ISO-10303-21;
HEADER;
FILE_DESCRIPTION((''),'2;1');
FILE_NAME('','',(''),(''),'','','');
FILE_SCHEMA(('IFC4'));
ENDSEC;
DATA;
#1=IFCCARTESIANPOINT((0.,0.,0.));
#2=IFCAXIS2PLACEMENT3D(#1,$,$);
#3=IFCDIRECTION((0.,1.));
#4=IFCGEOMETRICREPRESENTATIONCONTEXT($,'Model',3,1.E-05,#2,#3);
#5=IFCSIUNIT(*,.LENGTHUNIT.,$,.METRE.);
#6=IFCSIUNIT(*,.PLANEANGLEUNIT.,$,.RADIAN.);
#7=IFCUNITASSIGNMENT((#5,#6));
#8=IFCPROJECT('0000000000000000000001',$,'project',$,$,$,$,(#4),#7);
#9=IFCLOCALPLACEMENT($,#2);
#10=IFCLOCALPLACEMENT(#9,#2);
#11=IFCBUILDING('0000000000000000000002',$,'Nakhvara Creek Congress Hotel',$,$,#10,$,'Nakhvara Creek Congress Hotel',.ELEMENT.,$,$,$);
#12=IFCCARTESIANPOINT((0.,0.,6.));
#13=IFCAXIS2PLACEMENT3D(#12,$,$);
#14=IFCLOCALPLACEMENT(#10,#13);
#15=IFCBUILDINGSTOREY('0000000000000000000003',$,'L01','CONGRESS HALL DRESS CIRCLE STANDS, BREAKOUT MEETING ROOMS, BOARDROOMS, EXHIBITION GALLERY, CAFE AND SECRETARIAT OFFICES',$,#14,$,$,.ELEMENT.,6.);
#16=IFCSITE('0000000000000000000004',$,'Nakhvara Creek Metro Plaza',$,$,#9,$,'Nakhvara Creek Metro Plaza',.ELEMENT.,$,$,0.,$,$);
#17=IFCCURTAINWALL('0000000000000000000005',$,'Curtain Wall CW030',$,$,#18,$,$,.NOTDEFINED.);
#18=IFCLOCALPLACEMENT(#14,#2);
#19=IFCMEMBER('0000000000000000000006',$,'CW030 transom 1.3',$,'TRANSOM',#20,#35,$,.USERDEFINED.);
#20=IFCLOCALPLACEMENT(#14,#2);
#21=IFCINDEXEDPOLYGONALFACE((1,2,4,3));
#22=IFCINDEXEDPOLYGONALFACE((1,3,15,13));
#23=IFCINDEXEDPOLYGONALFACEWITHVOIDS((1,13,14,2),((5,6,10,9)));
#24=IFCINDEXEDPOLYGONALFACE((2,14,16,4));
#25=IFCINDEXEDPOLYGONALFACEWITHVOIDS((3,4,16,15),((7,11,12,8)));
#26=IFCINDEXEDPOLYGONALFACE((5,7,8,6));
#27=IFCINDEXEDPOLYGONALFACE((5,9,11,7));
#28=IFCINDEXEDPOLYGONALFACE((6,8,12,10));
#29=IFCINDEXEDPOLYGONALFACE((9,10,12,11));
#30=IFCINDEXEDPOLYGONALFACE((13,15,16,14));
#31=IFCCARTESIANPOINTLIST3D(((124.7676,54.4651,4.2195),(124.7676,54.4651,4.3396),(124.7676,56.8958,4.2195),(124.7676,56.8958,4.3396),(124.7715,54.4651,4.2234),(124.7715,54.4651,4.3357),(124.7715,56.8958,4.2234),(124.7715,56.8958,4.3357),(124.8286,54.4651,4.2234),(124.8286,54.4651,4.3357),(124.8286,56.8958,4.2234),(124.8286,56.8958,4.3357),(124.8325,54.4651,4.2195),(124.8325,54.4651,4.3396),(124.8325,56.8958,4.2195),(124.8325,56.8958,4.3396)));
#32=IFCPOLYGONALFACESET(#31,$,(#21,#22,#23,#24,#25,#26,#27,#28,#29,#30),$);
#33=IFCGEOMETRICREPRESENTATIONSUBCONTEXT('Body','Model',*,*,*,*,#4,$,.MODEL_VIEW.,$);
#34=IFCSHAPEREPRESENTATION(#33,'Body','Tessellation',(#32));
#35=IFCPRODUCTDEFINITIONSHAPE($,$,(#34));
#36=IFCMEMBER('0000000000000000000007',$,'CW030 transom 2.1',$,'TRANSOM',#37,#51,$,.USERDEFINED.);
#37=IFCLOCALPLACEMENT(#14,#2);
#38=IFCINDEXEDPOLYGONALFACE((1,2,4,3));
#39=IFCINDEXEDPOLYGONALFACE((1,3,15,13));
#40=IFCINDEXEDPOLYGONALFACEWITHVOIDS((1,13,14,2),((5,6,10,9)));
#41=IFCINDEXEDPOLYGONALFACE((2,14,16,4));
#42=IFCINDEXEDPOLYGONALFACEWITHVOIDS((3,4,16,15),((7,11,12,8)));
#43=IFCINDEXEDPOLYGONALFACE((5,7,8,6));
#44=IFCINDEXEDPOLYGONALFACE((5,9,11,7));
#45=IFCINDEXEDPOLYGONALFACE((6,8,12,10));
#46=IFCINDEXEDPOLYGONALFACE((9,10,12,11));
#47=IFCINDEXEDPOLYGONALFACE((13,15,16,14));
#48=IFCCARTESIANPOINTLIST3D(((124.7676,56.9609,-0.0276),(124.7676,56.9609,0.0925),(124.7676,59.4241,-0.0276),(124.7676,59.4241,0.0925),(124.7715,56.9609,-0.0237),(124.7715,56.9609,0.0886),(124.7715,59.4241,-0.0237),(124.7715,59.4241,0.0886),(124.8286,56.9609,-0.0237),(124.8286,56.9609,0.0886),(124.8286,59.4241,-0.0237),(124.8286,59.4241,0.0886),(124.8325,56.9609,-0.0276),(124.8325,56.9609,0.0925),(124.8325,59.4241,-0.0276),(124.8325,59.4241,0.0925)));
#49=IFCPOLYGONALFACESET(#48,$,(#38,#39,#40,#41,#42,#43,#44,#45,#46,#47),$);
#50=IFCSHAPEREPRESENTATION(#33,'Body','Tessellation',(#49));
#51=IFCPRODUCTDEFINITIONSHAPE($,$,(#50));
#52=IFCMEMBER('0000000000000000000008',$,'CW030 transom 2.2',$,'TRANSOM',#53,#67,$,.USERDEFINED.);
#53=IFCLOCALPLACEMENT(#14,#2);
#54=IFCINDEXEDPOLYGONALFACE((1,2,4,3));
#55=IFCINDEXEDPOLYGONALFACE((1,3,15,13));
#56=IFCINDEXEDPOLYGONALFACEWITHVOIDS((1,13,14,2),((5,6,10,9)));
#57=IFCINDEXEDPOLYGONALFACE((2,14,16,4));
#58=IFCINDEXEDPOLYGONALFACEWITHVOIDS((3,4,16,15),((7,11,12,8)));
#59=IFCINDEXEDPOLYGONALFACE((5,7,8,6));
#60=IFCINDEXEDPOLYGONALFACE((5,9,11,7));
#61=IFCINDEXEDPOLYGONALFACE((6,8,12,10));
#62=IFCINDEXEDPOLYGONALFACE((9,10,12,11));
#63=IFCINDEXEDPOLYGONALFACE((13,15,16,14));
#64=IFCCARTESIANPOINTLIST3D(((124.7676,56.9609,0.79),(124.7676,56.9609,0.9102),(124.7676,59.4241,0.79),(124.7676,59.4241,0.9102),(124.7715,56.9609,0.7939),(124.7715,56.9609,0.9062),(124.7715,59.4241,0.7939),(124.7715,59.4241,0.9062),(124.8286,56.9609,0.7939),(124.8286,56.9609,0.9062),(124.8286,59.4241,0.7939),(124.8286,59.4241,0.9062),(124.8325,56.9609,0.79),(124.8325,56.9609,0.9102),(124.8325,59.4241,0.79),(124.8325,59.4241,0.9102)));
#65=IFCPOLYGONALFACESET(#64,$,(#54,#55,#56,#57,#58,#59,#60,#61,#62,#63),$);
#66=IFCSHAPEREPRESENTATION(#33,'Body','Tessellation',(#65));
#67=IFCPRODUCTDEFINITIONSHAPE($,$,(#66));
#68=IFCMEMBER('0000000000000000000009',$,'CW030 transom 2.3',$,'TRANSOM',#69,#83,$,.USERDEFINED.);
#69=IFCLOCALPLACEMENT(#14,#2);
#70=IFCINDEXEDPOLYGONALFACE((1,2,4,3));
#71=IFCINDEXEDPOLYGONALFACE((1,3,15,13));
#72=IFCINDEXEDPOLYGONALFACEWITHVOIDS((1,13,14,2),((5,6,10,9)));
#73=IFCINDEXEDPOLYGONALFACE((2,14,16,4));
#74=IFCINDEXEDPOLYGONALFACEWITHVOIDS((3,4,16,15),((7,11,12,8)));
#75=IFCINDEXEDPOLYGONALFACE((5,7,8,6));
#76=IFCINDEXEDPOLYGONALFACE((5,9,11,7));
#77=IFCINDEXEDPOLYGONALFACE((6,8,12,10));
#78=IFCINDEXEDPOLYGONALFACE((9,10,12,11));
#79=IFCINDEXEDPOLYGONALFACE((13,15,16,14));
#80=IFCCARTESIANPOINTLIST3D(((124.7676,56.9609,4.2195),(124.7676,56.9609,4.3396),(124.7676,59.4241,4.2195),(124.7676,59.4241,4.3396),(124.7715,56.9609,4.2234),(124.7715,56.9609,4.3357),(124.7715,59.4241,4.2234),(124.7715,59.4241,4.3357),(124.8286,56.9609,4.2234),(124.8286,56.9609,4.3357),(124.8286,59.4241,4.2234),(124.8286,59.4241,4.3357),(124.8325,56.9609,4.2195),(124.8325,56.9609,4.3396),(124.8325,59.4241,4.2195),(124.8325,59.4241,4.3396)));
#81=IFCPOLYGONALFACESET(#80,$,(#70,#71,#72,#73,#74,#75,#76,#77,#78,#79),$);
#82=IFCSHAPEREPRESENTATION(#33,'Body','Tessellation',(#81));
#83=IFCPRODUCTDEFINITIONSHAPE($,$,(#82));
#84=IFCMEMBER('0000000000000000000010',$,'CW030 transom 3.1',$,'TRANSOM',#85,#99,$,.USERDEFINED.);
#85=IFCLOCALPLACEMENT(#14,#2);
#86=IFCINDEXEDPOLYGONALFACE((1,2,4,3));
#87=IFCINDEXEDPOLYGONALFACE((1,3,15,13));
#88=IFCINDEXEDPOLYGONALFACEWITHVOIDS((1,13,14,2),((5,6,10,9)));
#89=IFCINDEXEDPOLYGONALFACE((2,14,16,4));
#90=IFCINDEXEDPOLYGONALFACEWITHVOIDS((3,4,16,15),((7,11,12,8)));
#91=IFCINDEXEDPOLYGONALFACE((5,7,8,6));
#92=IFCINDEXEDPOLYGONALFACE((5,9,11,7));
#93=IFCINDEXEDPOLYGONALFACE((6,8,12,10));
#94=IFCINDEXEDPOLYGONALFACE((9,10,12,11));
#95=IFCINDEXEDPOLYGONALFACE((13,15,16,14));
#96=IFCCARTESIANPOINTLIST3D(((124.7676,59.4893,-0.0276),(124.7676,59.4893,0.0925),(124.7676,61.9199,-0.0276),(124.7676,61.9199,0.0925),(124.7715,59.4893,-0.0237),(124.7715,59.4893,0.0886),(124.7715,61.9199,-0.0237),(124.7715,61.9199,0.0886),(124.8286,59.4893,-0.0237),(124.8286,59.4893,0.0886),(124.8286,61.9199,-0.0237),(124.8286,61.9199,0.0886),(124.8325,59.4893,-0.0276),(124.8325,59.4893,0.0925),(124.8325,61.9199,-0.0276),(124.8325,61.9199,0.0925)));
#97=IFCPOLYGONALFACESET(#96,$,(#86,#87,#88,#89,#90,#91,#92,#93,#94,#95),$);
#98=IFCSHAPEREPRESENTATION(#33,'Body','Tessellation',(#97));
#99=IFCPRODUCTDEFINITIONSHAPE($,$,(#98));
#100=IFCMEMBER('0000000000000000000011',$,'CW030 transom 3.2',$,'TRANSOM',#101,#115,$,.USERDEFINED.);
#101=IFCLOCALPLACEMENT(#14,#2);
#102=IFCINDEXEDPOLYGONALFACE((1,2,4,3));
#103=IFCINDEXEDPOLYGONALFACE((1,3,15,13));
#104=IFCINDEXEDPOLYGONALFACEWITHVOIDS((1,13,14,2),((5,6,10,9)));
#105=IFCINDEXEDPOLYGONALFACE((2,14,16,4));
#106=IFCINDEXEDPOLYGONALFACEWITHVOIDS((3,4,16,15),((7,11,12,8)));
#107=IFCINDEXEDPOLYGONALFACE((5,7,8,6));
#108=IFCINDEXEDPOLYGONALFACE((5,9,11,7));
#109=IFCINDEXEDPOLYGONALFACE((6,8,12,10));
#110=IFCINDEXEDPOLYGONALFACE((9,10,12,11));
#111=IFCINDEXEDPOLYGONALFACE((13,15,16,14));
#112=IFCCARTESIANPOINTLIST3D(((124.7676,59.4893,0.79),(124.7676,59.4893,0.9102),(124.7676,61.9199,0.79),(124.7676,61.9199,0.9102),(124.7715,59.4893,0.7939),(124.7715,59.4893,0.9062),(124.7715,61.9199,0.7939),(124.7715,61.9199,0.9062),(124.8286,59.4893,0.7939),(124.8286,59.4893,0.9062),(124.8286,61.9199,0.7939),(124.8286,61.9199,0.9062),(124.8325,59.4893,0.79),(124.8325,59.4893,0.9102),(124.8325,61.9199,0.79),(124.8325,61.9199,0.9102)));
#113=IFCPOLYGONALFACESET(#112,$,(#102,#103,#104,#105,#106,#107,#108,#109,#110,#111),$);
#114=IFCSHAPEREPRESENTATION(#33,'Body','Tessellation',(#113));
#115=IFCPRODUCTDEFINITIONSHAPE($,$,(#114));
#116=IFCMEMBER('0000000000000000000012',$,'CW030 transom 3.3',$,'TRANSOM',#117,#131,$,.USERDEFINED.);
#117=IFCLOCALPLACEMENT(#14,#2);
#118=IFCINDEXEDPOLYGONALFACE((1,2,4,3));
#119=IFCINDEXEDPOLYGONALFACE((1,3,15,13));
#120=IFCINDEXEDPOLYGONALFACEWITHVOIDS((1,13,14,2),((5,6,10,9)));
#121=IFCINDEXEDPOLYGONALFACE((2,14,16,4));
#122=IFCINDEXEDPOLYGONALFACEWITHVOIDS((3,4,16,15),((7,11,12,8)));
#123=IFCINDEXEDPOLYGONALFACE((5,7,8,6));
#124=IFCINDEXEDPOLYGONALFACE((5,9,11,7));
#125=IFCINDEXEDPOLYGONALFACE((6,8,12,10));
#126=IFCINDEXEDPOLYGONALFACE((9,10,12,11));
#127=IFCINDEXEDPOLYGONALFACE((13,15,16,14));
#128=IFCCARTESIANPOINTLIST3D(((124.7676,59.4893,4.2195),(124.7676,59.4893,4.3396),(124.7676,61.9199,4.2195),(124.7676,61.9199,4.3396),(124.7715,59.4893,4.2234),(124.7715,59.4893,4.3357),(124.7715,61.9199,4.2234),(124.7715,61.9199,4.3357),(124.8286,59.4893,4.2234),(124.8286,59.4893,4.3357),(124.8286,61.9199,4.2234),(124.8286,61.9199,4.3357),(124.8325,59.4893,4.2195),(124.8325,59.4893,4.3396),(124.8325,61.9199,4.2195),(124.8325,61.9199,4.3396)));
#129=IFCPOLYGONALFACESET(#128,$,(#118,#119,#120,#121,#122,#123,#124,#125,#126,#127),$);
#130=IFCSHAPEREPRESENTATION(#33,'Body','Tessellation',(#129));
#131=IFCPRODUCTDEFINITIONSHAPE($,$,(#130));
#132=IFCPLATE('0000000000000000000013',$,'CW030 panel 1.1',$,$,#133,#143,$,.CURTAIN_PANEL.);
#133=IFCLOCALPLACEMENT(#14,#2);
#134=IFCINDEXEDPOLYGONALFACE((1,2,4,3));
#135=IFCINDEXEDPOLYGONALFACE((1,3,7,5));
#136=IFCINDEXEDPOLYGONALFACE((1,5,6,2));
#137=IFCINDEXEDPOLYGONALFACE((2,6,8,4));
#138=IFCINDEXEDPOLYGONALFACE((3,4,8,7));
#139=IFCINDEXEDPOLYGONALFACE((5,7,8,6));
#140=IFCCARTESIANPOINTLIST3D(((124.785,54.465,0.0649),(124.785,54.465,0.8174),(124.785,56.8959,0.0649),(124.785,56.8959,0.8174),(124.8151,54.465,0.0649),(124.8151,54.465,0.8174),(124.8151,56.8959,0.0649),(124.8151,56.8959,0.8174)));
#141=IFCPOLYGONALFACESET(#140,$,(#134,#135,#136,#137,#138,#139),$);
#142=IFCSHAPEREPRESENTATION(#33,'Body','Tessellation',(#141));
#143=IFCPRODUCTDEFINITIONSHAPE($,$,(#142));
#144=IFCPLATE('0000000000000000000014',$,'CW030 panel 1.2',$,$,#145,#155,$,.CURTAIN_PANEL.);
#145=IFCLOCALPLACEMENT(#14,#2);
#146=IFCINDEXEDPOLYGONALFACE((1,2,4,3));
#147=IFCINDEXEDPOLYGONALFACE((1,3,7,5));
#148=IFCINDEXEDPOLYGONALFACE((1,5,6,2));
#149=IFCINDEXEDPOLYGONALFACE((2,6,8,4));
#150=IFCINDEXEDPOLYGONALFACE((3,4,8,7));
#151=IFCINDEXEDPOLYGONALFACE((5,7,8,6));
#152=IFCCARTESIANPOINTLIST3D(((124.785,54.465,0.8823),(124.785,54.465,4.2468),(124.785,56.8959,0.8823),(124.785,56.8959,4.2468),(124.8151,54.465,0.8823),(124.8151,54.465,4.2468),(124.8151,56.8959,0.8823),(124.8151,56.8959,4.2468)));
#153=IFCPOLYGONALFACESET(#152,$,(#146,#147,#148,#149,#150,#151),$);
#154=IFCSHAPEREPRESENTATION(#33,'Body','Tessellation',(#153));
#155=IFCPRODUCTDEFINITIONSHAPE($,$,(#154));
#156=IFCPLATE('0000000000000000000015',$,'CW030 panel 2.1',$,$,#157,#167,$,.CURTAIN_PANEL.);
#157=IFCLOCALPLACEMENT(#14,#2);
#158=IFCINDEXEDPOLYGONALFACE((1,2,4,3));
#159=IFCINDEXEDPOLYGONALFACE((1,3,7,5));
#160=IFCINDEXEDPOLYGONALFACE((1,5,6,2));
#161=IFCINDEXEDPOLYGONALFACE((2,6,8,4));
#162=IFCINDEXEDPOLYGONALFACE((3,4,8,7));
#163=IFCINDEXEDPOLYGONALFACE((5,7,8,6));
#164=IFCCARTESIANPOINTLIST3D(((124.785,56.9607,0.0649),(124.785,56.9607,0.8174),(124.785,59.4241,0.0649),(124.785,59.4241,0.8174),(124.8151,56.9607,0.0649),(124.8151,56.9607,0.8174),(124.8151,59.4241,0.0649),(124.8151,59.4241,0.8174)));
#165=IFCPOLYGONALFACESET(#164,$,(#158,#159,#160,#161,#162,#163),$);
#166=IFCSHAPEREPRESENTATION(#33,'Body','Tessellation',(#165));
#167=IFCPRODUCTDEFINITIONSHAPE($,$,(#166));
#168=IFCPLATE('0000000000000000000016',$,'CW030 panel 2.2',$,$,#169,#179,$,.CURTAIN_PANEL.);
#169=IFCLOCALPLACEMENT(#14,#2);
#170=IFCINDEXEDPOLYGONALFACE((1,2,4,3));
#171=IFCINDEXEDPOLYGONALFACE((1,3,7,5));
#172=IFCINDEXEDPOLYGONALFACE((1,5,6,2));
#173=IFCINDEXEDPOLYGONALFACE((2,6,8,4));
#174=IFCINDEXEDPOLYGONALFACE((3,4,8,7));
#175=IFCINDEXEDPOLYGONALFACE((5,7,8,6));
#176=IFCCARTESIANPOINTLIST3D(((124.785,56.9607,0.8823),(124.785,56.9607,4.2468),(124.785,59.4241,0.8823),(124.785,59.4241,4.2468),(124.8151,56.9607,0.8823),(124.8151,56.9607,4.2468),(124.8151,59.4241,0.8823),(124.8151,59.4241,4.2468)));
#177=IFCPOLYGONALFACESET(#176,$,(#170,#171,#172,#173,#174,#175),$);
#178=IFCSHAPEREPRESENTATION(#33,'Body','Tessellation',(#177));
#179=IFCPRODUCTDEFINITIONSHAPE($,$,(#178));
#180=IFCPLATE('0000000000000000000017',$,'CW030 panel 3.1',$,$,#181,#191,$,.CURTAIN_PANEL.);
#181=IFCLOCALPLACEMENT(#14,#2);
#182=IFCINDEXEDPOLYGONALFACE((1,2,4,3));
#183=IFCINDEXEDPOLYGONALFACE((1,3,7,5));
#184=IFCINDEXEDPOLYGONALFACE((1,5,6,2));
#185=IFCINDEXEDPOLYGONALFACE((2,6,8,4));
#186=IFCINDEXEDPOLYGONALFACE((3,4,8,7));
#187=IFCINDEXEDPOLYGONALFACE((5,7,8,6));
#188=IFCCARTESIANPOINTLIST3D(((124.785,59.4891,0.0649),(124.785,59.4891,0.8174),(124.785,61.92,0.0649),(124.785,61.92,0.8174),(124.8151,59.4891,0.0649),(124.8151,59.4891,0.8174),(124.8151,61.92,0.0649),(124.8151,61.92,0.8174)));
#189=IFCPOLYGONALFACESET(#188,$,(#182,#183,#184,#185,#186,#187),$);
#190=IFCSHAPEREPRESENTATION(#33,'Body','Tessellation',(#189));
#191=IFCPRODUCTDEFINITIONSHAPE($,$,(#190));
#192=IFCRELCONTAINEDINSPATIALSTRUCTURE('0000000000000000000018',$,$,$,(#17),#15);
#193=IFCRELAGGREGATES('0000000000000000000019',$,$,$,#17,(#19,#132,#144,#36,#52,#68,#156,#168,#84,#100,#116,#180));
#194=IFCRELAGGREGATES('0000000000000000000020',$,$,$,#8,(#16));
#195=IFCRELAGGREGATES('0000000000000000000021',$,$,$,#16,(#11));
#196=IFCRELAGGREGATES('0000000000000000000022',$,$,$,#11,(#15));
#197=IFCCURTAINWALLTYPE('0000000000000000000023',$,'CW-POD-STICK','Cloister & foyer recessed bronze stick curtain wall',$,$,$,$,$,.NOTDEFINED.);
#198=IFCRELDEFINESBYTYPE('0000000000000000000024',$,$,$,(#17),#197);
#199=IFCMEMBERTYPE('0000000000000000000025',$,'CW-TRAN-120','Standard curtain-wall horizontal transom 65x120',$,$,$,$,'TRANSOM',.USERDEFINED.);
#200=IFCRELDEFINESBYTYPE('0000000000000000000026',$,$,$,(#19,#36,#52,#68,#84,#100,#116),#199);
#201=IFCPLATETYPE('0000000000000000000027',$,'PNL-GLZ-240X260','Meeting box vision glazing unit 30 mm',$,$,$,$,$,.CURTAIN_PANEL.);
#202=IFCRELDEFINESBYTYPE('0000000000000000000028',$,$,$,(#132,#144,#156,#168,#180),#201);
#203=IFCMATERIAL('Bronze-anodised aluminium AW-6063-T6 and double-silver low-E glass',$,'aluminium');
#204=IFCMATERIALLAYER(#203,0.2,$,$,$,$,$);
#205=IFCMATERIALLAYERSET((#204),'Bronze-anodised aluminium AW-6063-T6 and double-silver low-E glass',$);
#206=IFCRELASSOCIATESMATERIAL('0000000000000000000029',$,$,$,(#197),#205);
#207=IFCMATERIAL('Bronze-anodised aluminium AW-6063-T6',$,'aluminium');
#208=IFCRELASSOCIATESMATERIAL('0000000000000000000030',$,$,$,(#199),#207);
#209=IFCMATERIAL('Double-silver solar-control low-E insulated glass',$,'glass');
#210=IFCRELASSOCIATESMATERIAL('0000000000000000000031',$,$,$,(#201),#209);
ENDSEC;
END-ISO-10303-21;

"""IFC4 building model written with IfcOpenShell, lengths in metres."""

from ifc_helpers import new_model, si_unit, direction, frame, origin, origin_2d, place, context, subcontext, project, spatial, rectangle, hollow_rectangle, extrude, material, layer, layer_set, material_profile, profile_set, type_object, element, aggregate, save


model = new_model("IFC4")

# Units and contexts
model_context = context("Model", 3, precision=1e-05, world=origin(), true_north=direction((0.0, 1.0)))
body_context = subcontext(model_context, "Body", "Model", "MODEL_VIEW")
ifc_project = project(units=[si_unit("LENGTHUNIT", "METRE"), si_unit("PLANEANGLEUNIT", "RADIAN")], contexts=[model_context])

# Site, building, storey
site_placement = place(None, origin())
site = spatial("IfcSite", under=ifc_project, at=site_placement, Name="Nakhvara Creek Metro Plaza", LongName="Nakhvara Creek Metro Plaza", CompositionType="ELEMENT", RefElevation=0.0)
building_placement = place(site_placement, origin())
building = spatial("IfcBuilding", under=site, at=building_placement, Name="Nakhvara Creek Congress Hotel", LongName="Nakhvara Creek Congress Hotel", CompositionType="ELEMENT")
storey_placement = place(building_placement, frame((0.0, 0.0, 6.0)))
storey = spatial("IfcBuildingStorey", under=building, at=storey_placement, Name="L01", Description="CONGRESS HALL DRESS CIRCLE STANDS, BREAKOUT MEETING ROOMS, BOARDROOMS, EXHIBITION GALLERY, CAFE AND SECRETARIAT OFFICES", CompositionType="ELEMENT", Elevation=6.0)

# Curtain wall, members, plates
ifc_material_1 = material(Name="Bronze-anodised aluminium AW-6063-T6 and double-silver low-E glass", Category="aluminium")
ifc_layer = layer(ifc_material_1, 0.2)
ifc_layer_set = layer_set([ifc_layer], Name="Bronze-anodised aluminium AW-6063-T6 and double-silver low-E glass")
curtain_wall_type = type_object("IfcCurtainWallType", Name="CW-POD-STICK", Description="Cloister & foyer recessed bronze stick curtain wall", PredefinedType="NOTDEFINED", material=ifc_layer_set)
curtain_wall_placement = place(storey_placement, origin())
curtain_wall = element("IfcCurtainWall", 1, at=curtain_wall_placement, inside=storey, type_object=curtain_wall_type, Name="Curtain Wall CW030", PredefinedType="NOTDEFINED")
ifc_material_2 = material(Name="Bronze-anodised aluminium AW-6063-T6", Category="aluminium")
ifc_material_profile_1 = material_profile(ifc_material_2, hollow_rectangle(XDim=0.0649, YDim=0.1201, WallThickness=0.0039, at=origin_2d()), Name="ALU-TRAN 65x120x4", Category="LoadBearing")
ifc_profile_set_1 = profile_set([ifc_material_profile_1], Name="Bronze-anodised aluminium AW-6063-T6")
member_type_1 = type_object("IfcMemberType", Name="CW-TRAN-120", Description="Standard curtain-wall horizontal transom 65x120", ElementType="TRANSOM", PredefinedType="USERDEFINED", material=ifc_profile_set_1)
member_1_placement = place(storey_placement, frame((124.8, 54.4651, 4.2795), z_axis=(0.0, 1.0, 0.0), x_axis=(-1.0, 0.0, 0.0)))
member_1 = element("IfcMember", 2, at=member_1_placement, type_object=member_type_1, Name="CW030 transom 1.3", ObjectType="TRANSOM", PredefinedType="USERDEFINED", context=body_context, shape_type="SweptSolid", body=[
    extrude(hollow_rectangle(XDim=0.0649, YDim=0.1201, WallThickness=0.0039, at=origin_2d()), origin(), (0.0, 0.0, 1.0), 2.4307),
])
member_2_placement = place(storey_placement, frame((124.8, 56.9609, 0.0325), z_axis=(0.0, 1.0, 0.0), x_axis=(-1.0, 0.0, 0.0)))
member_2 = element("IfcMember", 3, at=member_2_placement, type_object=member_type_1, Name="CW030 transom 2.1", ObjectType="TRANSOM", PredefinedType="USERDEFINED", context=body_context, shape_type="SweptSolid", body=[
    extrude(hollow_rectangle(XDim=0.0649, YDim=0.1201, WallThickness=0.0039, at=origin_2d()), origin(), (0.0, 0.0, 1.0), 2.4631),
])
member_3_placement = place(storey_placement, frame((124.8, 56.9609, 0.8501), z_axis=(0.0, 1.0, 0.0), x_axis=(-1.0, 0.0, 0.0)))
member_3 = element("IfcMember", 4, at=member_3_placement, type_object=member_type_1, Name="CW030 transom 2.2", ObjectType="TRANSOM", PredefinedType="USERDEFINED", context=body_context, shape_type="SweptSolid", body=[
    extrude(hollow_rectangle(XDim=0.0649, YDim=0.1201, WallThickness=0.0039, at=origin_2d()), origin(), (0.0, 0.0, 1.0), 2.4631),
])
member_4_placement = place(storey_placement, frame((124.8, 56.9609, 4.2795), z_axis=(0.0, 1.0, 0.0), x_axis=(-1.0, 0.0, 0.0)))
member_4 = element("IfcMember", 5, at=member_4_placement, type_object=member_type_1, Name="CW030 transom 2.3", ObjectType="TRANSOM", PredefinedType="USERDEFINED", context=body_context, shape_type="SweptSolid", body=[
    extrude(hollow_rectangle(XDim=0.0649, YDim=0.1201, WallThickness=0.0039, at=origin_2d()), origin(), (0.0, 0.0, 1.0), 2.4631),
])
member_5_placement = place(storey_placement, frame((124.8, 59.4893, 0.0325), z_axis=(0.0, 1.0, 0.0), x_axis=(-1.0, 0.0, 0.0)))
member_5 = element("IfcMember", 6, at=member_5_placement, type_object=member_type_1, Name="CW030 transom 3.1", ObjectType="TRANSOM", PredefinedType="USERDEFINED", context=body_context, shape_type="SweptSolid", body=[
    extrude(hollow_rectangle(XDim=0.0649, YDim=0.1201, WallThickness=0.0039, at=origin_2d()), origin(), (0.0, 0.0, 1.0), 2.4307),
])
member_6_placement = place(storey_placement, frame((124.8, 59.4893, 0.8501), z_axis=(0.0, 1.0, 0.0), x_axis=(-1.0, 0.0, 0.0)))
member_6 = element("IfcMember", 7, at=member_6_placement, type_object=member_type_1, Name="CW030 transom 3.2", ObjectType="TRANSOM", PredefinedType="USERDEFINED", context=body_context, shape_type="SweptSolid", body=[
    extrude(hollow_rectangle(XDim=0.0649, YDim=0.1201, WallThickness=0.0039, at=origin_2d()), origin(), (0.0, 0.0, 1.0), 2.4307),
])
member_7_placement = place(storey_placement, frame((124.8, 59.4893, 4.2795), z_axis=(0.0, 1.0, 0.0), x_axis=(-1.0, 0.0, 0.0)))
member_7 = element("IfcMember", 8, at=member_7_placement, type_object=member_type_1, Name="CW030 transom 3.3", ObjectType="TRANSOM", PredefinedType="USERDEFINED", context=body_context, shape_type="SweptSolid", body=[
    extrude(hollow_rectangle(XDim=0.0649, YDim=0.1201, WallThickness=0.0039, at=origin_2d()), origin(), (0.0, 0.0, 1.0), 2.4307),
])
ifc_material_3 = material(Name="Double-silver solar-control low-E insulated glass", Category="glass")
plate_type = type_object("IfcPlateType", Name="PNL-GLZ-240X260", Description="Meeting box vision glazing unit 30 mm", PredefinedType="CURTAIN_PANEL", material=ifc_material_3)
plate_1_placement = place(storey_placement, frame((124.8, 55.6804, 0.0649), z_axis=(0.0, 0.0, 1.0), x_axis=(0.0, 1.0, 0.0)))
plate_1 = element("IfcPlate", 9, at=plate_1_placement, type_object=plate_type, Name="CW030 panel 1.1", PredefinedType="CURTAIN_PANEL", context=body_context, shape_type="SweptSolid", body=[
    extrude(rectangle(XDim=2.4309, YDim=0.03, at=origin_2d()), origin(), (0.0, 0.0, 1.0), 0.7524),
])
plate_2_placement = place(storey_placement, frame((124.8, 55.6804, 0.8823), z_axis=(0.0, 0.0, 1.0), x_axis=(0.0, 1.0, 0.0)))
plate_2 = element("IfcPlate", 10, at=plate_2_placement, type_object=plate_type, Name="CW030 panel 1.2", PredefinedType="CURTAIN_PANEL", context=body_context, shape_type="SweptSolid", body=[
    extrude(rectangle(XDim=2.4309, YDim=0.03, at=origin_2d()), origin(), (0.0, 0.0, 1.0), 3.3645),
])
plate_3_placement = place(storey_placement, frame((124.8, 58.1924, 0.0649), z_axis=(0.0, 0.0, 1.0), x_axis=(0.0, 1.0, 0.0)))
plate_3 = element("IfcPlate", 11, at=plate_3_placement, type_object=plate_type, Name="CW030 panel 2.1", PredefinedType="CURTAIN_PANEL", context=body_context, shape_type="SweptSolid", body=[
    extrude(rectangle(XDim=2.4634, YDim=0.03, at=origin_2d()), origin(), (0.0, 0.0, 1.0), 0.7524),
])
plate_4_placement = place(storey_placement, frame((124.8, 58.1924, 0.8823), z_axis=(0.0, 0.0, 1.0), x_axis=(0.0, 1.0, 0.0)))
plate_4 = element("IfcPlate", 12, at=plate_4_placement, type_object=plate_type, Name="CW030 panel 2.2", PredefinedType="CURTAIN_PANEL", context=body_context, shape_type="SweptSolid", body=[
    extrude(rectangle(XDim=2.4634, YDim=0.03, at=origin_2d()), origin(), (0.0, 0.0, 1.0), 3.3645),
])
plate_5_placement = place(storey_placement, frame((124.8, 60.7046, 0.0649), z_axis=(0.0, 0.0, 1.0), x_axis=(0.0, 1.0, 0.0)))
plate_5 = element("IfcPlate", 13, at=plate_5_placement, type_object=plate_type, Name="CW030 panel 3.1", PredefinedType="CURTAIN_PANEL", context=body_context, shape_type="SweptSolid", body=[
    extrude(rectangle(XDim=2.4309, YDim=0.03, at=origin_2d()), origin(), (0.0, 0.0, 1.0), 0.7524),
])
aggregate(curtain_wall, [member_1, plate_1, plate_2, member_2, member_3, member_4, plate_3, plate_4, member_5, member_6, member_7, plate_5])

save(model, "model.ifc")
